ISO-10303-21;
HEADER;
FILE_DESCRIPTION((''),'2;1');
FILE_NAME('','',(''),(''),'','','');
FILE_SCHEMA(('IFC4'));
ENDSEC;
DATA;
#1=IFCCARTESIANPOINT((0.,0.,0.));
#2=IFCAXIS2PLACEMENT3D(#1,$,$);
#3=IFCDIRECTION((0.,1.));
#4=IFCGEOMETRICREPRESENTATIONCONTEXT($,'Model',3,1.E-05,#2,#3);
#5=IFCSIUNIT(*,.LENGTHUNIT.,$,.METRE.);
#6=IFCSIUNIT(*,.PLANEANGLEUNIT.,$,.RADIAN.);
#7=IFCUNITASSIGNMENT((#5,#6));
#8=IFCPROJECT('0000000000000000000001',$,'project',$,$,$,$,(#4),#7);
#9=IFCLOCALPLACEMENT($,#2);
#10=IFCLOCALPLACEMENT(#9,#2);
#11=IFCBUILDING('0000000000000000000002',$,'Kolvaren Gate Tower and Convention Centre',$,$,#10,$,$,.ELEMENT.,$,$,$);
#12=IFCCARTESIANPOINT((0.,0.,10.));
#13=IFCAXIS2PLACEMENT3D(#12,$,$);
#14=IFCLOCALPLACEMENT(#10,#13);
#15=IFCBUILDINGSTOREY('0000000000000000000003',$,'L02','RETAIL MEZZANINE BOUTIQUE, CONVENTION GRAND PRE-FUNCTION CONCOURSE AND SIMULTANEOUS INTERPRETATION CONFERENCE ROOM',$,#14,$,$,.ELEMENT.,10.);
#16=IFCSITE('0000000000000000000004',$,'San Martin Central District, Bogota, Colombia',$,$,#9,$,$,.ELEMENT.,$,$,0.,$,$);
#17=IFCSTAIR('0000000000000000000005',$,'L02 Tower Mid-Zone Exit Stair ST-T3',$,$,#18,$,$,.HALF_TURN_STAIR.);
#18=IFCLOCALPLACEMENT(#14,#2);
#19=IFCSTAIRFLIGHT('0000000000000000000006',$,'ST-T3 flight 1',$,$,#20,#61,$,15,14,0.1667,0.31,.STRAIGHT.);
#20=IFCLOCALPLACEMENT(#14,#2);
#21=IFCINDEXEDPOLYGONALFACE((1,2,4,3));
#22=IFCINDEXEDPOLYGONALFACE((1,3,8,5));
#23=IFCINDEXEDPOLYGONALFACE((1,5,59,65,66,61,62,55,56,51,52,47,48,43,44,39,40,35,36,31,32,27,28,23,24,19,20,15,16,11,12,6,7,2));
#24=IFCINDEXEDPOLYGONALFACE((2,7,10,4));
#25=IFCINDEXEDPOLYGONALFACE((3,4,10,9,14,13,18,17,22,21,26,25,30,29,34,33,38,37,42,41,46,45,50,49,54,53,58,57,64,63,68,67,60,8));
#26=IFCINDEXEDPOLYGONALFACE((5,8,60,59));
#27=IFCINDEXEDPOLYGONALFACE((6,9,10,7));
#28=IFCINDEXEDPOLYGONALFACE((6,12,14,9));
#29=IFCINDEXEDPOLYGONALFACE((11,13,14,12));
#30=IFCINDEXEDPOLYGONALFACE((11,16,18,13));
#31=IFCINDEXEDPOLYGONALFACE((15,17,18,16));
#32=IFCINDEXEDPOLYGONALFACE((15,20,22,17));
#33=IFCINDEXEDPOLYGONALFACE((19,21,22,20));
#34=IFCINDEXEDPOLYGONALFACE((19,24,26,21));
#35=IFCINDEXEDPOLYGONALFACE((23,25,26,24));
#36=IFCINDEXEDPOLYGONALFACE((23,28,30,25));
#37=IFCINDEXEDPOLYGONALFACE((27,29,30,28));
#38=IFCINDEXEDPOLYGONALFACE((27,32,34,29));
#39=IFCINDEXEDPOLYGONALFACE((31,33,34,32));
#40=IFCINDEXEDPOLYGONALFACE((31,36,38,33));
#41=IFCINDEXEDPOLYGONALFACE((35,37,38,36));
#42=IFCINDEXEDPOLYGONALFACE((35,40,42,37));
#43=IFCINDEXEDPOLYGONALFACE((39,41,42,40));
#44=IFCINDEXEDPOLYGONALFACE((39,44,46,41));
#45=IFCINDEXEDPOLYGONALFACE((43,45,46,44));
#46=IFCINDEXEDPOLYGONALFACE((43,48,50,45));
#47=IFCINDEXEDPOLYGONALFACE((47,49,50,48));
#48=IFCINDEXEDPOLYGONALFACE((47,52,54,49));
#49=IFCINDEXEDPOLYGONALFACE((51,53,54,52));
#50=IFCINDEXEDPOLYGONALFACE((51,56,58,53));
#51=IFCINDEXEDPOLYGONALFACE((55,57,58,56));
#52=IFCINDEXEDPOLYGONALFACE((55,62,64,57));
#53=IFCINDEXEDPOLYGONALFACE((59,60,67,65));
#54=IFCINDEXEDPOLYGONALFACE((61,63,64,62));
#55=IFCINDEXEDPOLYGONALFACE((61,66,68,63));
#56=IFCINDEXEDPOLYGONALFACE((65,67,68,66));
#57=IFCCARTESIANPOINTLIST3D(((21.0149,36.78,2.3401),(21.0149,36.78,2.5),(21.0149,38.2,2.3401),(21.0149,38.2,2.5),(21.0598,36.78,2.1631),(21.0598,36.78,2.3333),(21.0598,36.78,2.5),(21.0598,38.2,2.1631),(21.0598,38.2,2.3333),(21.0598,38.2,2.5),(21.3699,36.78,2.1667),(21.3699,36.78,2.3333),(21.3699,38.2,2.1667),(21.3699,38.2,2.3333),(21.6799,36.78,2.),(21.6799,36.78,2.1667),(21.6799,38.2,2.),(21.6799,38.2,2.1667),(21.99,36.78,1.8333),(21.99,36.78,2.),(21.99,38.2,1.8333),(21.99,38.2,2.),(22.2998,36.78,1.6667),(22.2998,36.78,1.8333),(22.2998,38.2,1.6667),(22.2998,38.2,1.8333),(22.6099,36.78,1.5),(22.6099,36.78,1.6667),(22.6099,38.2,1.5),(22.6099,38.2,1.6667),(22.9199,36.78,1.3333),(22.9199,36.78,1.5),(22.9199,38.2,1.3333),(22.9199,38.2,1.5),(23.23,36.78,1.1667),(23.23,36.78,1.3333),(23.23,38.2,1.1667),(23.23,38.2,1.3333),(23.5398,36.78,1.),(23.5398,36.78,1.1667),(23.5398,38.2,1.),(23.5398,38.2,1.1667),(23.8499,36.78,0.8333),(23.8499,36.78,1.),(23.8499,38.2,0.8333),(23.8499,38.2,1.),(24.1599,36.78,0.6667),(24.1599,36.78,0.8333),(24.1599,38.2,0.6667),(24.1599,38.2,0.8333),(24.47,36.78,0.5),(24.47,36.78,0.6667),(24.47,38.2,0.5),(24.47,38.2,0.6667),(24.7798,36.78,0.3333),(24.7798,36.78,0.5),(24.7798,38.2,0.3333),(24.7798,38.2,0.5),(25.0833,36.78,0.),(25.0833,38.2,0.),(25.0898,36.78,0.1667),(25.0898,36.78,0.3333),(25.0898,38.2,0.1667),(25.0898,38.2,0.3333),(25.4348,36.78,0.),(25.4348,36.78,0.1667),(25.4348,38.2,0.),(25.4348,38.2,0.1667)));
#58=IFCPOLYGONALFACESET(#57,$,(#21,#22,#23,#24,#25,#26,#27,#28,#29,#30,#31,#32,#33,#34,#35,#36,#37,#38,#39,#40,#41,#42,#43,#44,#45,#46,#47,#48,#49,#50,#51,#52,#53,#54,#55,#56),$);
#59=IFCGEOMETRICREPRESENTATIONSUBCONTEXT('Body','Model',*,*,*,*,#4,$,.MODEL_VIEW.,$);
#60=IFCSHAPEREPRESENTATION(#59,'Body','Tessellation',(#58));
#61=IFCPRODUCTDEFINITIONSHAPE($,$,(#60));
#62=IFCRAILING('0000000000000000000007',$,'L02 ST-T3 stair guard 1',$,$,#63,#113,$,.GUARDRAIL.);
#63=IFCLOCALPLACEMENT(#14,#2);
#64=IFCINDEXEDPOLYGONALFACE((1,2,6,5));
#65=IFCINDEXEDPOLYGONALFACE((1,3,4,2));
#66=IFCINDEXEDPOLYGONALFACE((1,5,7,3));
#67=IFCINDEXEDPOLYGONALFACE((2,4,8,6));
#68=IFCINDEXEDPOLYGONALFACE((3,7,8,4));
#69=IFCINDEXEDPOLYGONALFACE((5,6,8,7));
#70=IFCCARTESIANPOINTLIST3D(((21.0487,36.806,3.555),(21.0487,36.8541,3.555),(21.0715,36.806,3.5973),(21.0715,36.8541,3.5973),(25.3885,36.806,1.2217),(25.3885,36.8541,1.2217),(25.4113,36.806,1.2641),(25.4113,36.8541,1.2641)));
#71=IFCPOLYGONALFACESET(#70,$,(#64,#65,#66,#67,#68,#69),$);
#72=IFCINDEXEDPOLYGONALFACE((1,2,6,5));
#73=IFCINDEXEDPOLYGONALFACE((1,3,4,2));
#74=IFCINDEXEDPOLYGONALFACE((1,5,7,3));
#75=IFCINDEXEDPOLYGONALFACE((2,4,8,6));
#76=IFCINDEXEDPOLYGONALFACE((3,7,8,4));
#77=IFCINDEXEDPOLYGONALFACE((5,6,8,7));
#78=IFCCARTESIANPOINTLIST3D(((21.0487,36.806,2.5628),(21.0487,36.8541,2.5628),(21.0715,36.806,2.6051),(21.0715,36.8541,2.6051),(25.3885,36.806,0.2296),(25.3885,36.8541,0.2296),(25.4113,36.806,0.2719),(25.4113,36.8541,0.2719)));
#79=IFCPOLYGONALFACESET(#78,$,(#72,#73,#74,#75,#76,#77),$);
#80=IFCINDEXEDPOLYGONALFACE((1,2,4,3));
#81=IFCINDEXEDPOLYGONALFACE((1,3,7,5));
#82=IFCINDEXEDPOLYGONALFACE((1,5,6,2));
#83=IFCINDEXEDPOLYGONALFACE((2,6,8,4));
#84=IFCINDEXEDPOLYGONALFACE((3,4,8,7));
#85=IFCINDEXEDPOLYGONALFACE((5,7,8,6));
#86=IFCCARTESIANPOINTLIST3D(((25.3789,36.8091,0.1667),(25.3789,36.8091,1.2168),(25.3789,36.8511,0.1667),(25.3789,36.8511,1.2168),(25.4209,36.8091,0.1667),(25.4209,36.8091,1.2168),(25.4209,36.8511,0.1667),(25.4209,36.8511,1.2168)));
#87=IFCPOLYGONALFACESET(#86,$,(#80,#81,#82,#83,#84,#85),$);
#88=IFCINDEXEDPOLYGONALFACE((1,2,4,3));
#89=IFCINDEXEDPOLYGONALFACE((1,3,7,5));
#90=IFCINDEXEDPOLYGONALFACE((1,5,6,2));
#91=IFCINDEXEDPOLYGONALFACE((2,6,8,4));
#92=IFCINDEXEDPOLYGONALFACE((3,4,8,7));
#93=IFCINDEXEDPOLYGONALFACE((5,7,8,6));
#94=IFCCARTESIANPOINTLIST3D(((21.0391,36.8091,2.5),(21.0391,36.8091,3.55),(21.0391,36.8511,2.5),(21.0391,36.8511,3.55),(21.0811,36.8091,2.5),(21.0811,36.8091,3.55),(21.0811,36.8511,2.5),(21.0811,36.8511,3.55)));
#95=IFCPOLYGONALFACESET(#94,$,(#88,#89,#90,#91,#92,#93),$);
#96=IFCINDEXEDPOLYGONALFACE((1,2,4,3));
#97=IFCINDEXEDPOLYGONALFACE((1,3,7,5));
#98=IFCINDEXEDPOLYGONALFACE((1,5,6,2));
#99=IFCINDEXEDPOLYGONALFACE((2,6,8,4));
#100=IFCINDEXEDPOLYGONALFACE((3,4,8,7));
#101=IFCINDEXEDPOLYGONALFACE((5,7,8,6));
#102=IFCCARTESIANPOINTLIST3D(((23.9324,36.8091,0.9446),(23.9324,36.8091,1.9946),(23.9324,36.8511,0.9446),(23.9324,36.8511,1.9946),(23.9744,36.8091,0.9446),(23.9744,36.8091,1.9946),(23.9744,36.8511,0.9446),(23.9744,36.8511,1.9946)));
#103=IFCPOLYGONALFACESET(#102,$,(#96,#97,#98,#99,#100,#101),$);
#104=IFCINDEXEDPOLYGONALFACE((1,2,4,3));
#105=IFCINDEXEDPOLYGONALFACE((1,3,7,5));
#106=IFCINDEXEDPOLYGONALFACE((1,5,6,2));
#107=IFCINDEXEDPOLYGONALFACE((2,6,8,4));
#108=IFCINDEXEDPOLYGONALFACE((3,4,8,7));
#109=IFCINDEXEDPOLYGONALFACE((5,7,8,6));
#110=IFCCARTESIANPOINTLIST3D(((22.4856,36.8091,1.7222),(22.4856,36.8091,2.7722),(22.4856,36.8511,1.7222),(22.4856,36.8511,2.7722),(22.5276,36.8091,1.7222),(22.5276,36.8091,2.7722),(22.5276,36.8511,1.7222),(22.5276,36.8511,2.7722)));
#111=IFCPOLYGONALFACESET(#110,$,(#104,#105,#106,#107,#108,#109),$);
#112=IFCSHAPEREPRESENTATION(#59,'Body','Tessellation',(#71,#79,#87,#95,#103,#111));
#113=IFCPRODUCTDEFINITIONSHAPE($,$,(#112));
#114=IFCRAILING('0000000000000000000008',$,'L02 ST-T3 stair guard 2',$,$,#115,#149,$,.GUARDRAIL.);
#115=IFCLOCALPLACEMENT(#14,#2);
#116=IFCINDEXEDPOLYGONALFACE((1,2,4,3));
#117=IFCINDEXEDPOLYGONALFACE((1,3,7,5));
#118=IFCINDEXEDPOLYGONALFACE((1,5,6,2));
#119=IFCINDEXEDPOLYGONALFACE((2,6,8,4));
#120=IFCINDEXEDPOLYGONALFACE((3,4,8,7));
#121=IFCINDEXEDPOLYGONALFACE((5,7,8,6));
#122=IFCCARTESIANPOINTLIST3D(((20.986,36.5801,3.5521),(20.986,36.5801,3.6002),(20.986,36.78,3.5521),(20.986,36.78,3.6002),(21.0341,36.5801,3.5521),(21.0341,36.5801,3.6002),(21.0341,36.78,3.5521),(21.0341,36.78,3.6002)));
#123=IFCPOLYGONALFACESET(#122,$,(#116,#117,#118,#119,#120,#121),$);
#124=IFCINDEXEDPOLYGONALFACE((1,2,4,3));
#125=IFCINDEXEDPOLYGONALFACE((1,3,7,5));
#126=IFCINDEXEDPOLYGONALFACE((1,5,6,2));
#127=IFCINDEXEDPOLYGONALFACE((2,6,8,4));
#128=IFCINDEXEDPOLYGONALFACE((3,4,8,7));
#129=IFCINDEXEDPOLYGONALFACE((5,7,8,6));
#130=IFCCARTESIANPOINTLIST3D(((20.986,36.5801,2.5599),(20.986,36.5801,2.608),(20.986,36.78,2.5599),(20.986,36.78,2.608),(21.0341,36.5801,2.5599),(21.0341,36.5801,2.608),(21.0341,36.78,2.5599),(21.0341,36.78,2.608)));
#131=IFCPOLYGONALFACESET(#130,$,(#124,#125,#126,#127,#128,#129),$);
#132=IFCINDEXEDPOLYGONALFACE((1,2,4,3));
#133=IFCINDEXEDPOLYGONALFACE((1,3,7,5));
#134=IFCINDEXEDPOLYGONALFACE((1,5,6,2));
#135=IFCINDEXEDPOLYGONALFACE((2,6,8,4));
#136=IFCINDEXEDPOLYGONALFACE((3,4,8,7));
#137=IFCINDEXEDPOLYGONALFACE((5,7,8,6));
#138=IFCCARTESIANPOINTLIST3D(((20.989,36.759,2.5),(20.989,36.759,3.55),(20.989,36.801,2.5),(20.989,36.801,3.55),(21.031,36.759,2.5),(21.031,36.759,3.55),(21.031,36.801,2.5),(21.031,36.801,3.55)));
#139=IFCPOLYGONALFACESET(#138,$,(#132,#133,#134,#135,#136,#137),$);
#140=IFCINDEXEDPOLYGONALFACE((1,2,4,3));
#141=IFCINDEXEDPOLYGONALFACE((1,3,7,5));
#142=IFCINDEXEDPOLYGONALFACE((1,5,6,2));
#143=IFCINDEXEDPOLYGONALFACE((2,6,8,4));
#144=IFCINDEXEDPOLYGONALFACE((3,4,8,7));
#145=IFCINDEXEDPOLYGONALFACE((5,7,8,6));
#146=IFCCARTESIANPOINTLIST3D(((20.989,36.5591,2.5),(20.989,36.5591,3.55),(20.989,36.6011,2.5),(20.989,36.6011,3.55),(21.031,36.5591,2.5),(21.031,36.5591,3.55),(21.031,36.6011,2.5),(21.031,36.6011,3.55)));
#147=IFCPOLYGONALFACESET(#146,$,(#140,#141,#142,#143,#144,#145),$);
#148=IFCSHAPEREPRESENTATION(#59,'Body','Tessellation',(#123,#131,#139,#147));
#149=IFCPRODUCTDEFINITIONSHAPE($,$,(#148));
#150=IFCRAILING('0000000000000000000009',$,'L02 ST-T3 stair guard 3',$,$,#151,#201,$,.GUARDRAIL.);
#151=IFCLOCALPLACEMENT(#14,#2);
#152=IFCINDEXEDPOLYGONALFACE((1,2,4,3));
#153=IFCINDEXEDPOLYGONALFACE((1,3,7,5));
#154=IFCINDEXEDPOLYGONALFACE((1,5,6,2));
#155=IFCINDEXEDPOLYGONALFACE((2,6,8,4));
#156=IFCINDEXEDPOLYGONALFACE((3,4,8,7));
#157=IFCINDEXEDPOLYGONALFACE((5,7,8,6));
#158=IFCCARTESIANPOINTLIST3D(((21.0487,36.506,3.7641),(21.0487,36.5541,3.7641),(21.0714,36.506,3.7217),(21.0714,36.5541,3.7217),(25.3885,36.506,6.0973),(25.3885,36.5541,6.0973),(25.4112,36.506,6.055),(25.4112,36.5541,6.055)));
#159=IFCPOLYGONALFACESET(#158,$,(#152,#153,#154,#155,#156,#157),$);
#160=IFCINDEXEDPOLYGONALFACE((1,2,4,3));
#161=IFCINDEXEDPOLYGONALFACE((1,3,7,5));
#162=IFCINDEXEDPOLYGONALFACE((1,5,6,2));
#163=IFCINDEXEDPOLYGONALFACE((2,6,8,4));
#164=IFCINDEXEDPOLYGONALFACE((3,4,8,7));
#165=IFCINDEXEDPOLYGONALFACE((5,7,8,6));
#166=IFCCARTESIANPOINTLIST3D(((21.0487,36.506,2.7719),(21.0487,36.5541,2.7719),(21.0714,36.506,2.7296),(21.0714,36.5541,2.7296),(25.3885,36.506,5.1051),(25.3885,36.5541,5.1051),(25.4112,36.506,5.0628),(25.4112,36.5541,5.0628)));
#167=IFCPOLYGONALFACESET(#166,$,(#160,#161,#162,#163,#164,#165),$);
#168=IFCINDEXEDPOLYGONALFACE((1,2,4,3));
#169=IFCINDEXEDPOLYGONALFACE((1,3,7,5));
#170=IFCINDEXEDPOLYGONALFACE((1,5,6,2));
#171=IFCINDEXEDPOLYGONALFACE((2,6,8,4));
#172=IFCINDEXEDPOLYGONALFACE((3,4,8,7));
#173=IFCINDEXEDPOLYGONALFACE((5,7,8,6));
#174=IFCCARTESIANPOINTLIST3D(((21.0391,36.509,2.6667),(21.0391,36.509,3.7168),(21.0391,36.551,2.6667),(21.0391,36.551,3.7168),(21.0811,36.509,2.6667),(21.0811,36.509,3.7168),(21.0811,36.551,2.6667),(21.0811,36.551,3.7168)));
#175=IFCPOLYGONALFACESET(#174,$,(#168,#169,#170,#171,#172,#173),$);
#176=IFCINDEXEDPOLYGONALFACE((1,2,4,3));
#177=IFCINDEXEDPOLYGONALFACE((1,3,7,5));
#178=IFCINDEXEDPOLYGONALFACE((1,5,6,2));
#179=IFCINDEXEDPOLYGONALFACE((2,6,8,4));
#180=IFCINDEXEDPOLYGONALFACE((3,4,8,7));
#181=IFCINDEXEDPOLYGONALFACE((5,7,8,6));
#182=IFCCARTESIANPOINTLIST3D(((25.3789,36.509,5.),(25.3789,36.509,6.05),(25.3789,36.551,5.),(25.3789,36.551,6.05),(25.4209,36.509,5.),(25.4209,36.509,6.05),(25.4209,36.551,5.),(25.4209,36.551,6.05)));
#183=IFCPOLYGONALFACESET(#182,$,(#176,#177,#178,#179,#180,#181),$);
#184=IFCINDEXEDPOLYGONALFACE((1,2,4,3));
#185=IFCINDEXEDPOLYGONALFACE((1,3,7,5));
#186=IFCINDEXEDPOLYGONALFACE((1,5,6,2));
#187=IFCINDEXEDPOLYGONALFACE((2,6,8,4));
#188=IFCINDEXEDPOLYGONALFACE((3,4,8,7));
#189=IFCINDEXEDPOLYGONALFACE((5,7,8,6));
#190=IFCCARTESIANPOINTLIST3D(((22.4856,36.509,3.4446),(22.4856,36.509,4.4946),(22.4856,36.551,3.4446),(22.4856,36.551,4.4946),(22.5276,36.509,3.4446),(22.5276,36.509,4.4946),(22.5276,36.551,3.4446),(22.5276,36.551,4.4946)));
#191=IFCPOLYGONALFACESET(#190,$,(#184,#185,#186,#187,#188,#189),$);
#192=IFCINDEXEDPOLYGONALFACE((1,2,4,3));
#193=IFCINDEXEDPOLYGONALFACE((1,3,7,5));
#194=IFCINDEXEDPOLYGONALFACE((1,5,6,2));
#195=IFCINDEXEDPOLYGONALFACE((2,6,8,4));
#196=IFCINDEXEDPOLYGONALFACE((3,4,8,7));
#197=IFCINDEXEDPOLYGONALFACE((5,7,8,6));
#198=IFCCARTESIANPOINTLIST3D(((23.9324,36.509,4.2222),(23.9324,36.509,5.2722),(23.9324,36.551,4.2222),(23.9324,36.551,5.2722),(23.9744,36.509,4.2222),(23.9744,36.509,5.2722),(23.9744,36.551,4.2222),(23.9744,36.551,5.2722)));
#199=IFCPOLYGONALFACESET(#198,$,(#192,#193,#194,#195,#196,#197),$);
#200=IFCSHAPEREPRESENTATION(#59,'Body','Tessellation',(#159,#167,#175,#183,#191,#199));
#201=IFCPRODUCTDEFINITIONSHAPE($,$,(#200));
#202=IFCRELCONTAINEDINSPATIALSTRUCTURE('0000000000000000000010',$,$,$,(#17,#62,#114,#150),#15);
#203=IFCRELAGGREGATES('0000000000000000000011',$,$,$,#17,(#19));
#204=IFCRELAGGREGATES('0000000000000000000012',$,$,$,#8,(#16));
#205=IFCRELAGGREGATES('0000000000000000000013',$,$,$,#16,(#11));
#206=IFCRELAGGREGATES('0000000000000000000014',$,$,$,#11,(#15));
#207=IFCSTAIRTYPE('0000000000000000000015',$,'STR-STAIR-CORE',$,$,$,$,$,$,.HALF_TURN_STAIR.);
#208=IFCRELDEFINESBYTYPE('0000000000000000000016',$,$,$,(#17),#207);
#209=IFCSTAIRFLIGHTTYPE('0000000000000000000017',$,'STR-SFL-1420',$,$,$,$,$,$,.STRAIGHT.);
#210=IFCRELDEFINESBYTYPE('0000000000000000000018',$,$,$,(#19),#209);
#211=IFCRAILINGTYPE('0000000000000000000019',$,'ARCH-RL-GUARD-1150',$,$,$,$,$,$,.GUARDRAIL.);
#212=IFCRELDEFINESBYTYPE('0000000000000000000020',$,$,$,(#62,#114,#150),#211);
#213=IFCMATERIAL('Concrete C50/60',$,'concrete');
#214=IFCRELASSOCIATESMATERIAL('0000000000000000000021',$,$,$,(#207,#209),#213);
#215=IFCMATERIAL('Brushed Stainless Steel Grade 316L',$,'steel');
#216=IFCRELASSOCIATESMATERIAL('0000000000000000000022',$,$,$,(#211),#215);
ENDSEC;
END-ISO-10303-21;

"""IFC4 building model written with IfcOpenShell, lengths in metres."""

from ifc_helpers import new_model, si_unit, direction, frame, origin, origin_2d, place, context, subcontext, project, spatial, polyline, rectangle, outline, extrude, material, type_object, element, aggregate, save


model = new_model("IFC4")

# Units and contexts
model_context = context("Model", 3, precision=1e-05, world=origin(), true_north=direction((0.0, 1.0)))
body_context = subcontext(model_context, "Body", "Model", "MODEL_VIEW")
ifc_project = project(units=[si_unit("LENGTHUNIT", "METRE"), si_unit("PLANEANGLEUNIT", "RADIAN")], contexts=[model_context])

# Site, building, storey
site_placement = place(None, origin())
site = spatial("IfcSite", under=ifc_project, at=site_placement, Name="San Martin Central District, Bogota, Colombia", CompositionType="ELEMENT", RefElevation=0.0)
building_placement = place(site_placement, origin())
building = spatial("IfcBuilding", under=site, at=building_placement, Name="Kolvaren Gate Tower and Convention Centre", CompositionType="ELEMENT")
storey_placement = place(building_placement, frame((0.0, 0.0, 10.0)))
storey = spatial("IfcBuildingStorey", under=building, at=storey_placement, Name="L02", Description="RETAIL MEZZANINE BOUTIQUE, CONVENTION GRAND PRE-FUNCTION CONCOURSE AND SIMULTANEOUS INTERPRETATION CONFERENCE ROOM", CompositionType="ELEMENT", Elevation=10.0)

# Shared definitions
ifc_material_1 = material(Name="Concrete C50/60", Category="concrete")

# Stair, stair flight
stair_type = type_object("IfcStairType", Name="STR-STAIR-CORE", PredefinedType="HALF_TURN_STAIR", material=ifc_material_1)
stair_placement = place(storey_placement, origin())
stair = element("IfcStair", 1, at=stair_placement, inside=storey, type_object=stair_type, Name="L02 Tower Mid-Zone Exit Stair ST-T3", PredefinedType="HALF_TURN_STAIR")
stair_flight_type = type_object("IfcStairFlightType", Name="STR-SFL-1420", PredefinedType="STRAIGHT", material=ifc_material_1)
stair_flight_placement = place(storey_placement, frame((25.3999, 37.49, 0.0), z_axis=(0.0, 0.0, 1.0), x_axis=(-1.0, 0.0, 0.0)))
stair_flight = element("IfcStairFlight", 2, at=stair_flight_placement, type_object=stair_flight_type, Name="ST-T3 flight 1", NumberOfRisers=15, NumberOfTreads=14, PredefinedType="STRAIGHT", RiserHeight=0.1667, TreadLength=0.31, context=body_context, shape_type="SweptSolid", body=[
    extrude(outline(polyline([(-0.0349, 0.0), (-0.0349, 0.1667), (0.3101, 0.1667), (0.3101, 0.3333), (0.6201, 0.3333), (0.6201, 0.5), (0.9299, 0.5), (0.9299, 0.6667), (1.24, 0.6667), (1.24, 0.8333), (1.55, 0.8333), (1.55, 1.0), (1.8601, 1.0), (1.8601, 1.1667), (2.1699, 1.1667), (2.1699, 1.3333), (2.48, 1.3333), (2.48, 1.5), (2.79, 1.5), (2.79, 1.6667), (3.1001, 1.6667), (3.1001, 1.8333), (3.4099, 1.8333), (3.4099, 2.0), (3.72, 2.0), (3.72, 2.1667), (4.03, 2.1667), (4.03, 2.3333), (4.3401, 2.3333), (4.3401, 2.5), (4.385, 2.5), (4.385, 2.3401), (4.3401, 2.1631), (0.3167, 0.0), (-0.0349, 0.0)])), frame((0.0, 0.71, 0.0), z_axis=(0.0, -1.0, 0.0), x_axis=(1.0, 0.0, 0.0)), (0.0, 0.0, 1.0), 1.4199),
])
aggregate(stair, [stair_flight])

# Railings
ifc_material_2 = material(Name="Brushed Stainless Steel Grade 316L", Category="steel")
railing_type_1 = type_object("IfcRailingType", Name="ARCH-RL-GUARD-1150", PredefinedType="GUARDRAIL", material=ifc_material_2)
railing_1_placement = place(storey_placement, frame((25.3999, 36.8301, 0.1667)))
element("IfcRailing", 3, at=railing_1_placement, inside=storey, type_object=railing_type_1, Name="L02 ST-T3 stair guard 1", PredefinedType="GUARDRAIL", context=body_context, shape_type="SweptSolid", body=[
    extrude(rectangle(XDim=0.0481, YDim=0.0481, at=origin_2d()), frame((0.0, 0.0, 1.0762), z_axis=(-0.880775, 0.0, 0.473535), x_axis=(0.0, -1.0, 0.0)), (0.0, 0.0, 1.0), 4.9272),
    extrude(rectangle(XDim=0.0481, YDim=0.0481, at=origin_2d()), frame((0.0, 0.0, 0.084), z_axis=(-0.880775, 0.0, 0.473535), x_axis=(0.0, -1.0, 0.0)), (0.0, 0.0, 1.0), 4.9272),
    extrude(rectangle(XDim=0.042, YDim=0.042, at=origin_2d()), origin(), (0.0, 0.0, 1.0), 1.05),
    extrude(rectangle(XDim=0.042, YDim=0.042, at=origin_2d()), frame((-4.3398, 0.0, 2.3333)), (0.0, 0.0, 1.0), 1.05),
    extrude(rectangle(XDim=0.042, YDim=0.042, at=origin_2d()), frame((-1.4465, 0.0, 0.7778)), (0.0, 0.0, 1.0), 1.05),
    extrude(rectangle(XDim=0.042, YDim=0.042, at=origin_2d()), frame((-2.8933, 0.0, 1.5554)), (0.0, 0.0, 1.0), 1.05),
])
railing_2_placement = place(storey_placement, frame((21.01, 36.78, 2.5)))
element("IfcRailing", 4, at=railing_2_placement, inside=storey, type_object=railing_type_1, Name="L02 ST-T3 stair guard 2", PredefinedType="GUARDRAIL", context=body_context, shape_type="SweptSolid", body=[
    extrude(rectangle(XDim=0.0481, YDim=0.0481, at=origin_2d()), frame((0.0, 0.0, 1.0762), z_axis=(0.0, -1.0, 0.0), x_axis=(1.0, 0.0, 0.0)), (0.0, 0.0, 1.0), 0.2),
    extrude(rectangle(XDim=0.0481, YDim=0.0481, at=origin_2d()), frame((0.0, 0.0, 0.084), z_axis=(0.0, -1.0, 0.0), x_axis=(1.0, 0.0, 0.0)), (0.0, 0.0, 1.0), 0.2),
    extrude(rectangle(XDim=0.042, YDim=0.042, at=origin_2d()), origin(), (0.0, 0.0, 1.0), 1.05),
    extrude(rectangle(XDim=0.042, YDim=0.042, at=origin_2d()), frame((0.0, -0.2, 0.0)), (0.0, 0.0, 1.0), 1.05),
])
railing_3_placement = place(storey_placement, frame((21.0601, 36.53, 2.6667)))
element("IfcRailing", 5, at=railing_3_placement, inside=storey, type_object=railing_type_1, Name="L02 ST-T3 stair guard 3", PredefinedType="GUARDRAIL", context=body_context, shape_type="SweptSolid", body=[
    extrude(rectangle(XDim=0.0481, YDim=0.0481, at=origin_2d()), frame((0.0, 0.0, 1.0762), z_axis=(0.880775, 0.0, 0.473535), x_axis=(0.0, 1.0, 0.0)), (0.0, 0.0, 1.0), 4.9272),
    extrude(rectangle(XDim=0.0481, YDim=0.0481, at=origin_2d()), frame((0.0, 0.0, 0.084), z_axis=(0.880775, 0.0, 0.473535), x_axis=(0.0, 1.0, 0.0)), (0.0, 0.0, 1.0), 4.9272),
    extrude(rectangle(XDim=0.042, YDim=0.042, at=origin_2d()), origin(), (0.0, 0.0, 1.0), 1.05),
    extrude(rectangle(XDim=0.042, YDim=0.042, at=origin_2d()), frame((4.3398, 0.0, 2.3333)), (0.0, 0.0, 1.0), 1.05),
    extrude(rectangle(XDim=0.042, YDim=0.042, at=origin_2d()), frame((1.4465, 0.0, 0.7778)), (0.0, 0.0, 1.0), 1.05),
    extrude(rectangle(XDim=0.042, YDim=0.042, at=origin_2d()), frame((2.8933, 0.0, 1.5554)), (0.0, 0.0, 1.0), 1.05),
])

save(model, "model.ifc")
